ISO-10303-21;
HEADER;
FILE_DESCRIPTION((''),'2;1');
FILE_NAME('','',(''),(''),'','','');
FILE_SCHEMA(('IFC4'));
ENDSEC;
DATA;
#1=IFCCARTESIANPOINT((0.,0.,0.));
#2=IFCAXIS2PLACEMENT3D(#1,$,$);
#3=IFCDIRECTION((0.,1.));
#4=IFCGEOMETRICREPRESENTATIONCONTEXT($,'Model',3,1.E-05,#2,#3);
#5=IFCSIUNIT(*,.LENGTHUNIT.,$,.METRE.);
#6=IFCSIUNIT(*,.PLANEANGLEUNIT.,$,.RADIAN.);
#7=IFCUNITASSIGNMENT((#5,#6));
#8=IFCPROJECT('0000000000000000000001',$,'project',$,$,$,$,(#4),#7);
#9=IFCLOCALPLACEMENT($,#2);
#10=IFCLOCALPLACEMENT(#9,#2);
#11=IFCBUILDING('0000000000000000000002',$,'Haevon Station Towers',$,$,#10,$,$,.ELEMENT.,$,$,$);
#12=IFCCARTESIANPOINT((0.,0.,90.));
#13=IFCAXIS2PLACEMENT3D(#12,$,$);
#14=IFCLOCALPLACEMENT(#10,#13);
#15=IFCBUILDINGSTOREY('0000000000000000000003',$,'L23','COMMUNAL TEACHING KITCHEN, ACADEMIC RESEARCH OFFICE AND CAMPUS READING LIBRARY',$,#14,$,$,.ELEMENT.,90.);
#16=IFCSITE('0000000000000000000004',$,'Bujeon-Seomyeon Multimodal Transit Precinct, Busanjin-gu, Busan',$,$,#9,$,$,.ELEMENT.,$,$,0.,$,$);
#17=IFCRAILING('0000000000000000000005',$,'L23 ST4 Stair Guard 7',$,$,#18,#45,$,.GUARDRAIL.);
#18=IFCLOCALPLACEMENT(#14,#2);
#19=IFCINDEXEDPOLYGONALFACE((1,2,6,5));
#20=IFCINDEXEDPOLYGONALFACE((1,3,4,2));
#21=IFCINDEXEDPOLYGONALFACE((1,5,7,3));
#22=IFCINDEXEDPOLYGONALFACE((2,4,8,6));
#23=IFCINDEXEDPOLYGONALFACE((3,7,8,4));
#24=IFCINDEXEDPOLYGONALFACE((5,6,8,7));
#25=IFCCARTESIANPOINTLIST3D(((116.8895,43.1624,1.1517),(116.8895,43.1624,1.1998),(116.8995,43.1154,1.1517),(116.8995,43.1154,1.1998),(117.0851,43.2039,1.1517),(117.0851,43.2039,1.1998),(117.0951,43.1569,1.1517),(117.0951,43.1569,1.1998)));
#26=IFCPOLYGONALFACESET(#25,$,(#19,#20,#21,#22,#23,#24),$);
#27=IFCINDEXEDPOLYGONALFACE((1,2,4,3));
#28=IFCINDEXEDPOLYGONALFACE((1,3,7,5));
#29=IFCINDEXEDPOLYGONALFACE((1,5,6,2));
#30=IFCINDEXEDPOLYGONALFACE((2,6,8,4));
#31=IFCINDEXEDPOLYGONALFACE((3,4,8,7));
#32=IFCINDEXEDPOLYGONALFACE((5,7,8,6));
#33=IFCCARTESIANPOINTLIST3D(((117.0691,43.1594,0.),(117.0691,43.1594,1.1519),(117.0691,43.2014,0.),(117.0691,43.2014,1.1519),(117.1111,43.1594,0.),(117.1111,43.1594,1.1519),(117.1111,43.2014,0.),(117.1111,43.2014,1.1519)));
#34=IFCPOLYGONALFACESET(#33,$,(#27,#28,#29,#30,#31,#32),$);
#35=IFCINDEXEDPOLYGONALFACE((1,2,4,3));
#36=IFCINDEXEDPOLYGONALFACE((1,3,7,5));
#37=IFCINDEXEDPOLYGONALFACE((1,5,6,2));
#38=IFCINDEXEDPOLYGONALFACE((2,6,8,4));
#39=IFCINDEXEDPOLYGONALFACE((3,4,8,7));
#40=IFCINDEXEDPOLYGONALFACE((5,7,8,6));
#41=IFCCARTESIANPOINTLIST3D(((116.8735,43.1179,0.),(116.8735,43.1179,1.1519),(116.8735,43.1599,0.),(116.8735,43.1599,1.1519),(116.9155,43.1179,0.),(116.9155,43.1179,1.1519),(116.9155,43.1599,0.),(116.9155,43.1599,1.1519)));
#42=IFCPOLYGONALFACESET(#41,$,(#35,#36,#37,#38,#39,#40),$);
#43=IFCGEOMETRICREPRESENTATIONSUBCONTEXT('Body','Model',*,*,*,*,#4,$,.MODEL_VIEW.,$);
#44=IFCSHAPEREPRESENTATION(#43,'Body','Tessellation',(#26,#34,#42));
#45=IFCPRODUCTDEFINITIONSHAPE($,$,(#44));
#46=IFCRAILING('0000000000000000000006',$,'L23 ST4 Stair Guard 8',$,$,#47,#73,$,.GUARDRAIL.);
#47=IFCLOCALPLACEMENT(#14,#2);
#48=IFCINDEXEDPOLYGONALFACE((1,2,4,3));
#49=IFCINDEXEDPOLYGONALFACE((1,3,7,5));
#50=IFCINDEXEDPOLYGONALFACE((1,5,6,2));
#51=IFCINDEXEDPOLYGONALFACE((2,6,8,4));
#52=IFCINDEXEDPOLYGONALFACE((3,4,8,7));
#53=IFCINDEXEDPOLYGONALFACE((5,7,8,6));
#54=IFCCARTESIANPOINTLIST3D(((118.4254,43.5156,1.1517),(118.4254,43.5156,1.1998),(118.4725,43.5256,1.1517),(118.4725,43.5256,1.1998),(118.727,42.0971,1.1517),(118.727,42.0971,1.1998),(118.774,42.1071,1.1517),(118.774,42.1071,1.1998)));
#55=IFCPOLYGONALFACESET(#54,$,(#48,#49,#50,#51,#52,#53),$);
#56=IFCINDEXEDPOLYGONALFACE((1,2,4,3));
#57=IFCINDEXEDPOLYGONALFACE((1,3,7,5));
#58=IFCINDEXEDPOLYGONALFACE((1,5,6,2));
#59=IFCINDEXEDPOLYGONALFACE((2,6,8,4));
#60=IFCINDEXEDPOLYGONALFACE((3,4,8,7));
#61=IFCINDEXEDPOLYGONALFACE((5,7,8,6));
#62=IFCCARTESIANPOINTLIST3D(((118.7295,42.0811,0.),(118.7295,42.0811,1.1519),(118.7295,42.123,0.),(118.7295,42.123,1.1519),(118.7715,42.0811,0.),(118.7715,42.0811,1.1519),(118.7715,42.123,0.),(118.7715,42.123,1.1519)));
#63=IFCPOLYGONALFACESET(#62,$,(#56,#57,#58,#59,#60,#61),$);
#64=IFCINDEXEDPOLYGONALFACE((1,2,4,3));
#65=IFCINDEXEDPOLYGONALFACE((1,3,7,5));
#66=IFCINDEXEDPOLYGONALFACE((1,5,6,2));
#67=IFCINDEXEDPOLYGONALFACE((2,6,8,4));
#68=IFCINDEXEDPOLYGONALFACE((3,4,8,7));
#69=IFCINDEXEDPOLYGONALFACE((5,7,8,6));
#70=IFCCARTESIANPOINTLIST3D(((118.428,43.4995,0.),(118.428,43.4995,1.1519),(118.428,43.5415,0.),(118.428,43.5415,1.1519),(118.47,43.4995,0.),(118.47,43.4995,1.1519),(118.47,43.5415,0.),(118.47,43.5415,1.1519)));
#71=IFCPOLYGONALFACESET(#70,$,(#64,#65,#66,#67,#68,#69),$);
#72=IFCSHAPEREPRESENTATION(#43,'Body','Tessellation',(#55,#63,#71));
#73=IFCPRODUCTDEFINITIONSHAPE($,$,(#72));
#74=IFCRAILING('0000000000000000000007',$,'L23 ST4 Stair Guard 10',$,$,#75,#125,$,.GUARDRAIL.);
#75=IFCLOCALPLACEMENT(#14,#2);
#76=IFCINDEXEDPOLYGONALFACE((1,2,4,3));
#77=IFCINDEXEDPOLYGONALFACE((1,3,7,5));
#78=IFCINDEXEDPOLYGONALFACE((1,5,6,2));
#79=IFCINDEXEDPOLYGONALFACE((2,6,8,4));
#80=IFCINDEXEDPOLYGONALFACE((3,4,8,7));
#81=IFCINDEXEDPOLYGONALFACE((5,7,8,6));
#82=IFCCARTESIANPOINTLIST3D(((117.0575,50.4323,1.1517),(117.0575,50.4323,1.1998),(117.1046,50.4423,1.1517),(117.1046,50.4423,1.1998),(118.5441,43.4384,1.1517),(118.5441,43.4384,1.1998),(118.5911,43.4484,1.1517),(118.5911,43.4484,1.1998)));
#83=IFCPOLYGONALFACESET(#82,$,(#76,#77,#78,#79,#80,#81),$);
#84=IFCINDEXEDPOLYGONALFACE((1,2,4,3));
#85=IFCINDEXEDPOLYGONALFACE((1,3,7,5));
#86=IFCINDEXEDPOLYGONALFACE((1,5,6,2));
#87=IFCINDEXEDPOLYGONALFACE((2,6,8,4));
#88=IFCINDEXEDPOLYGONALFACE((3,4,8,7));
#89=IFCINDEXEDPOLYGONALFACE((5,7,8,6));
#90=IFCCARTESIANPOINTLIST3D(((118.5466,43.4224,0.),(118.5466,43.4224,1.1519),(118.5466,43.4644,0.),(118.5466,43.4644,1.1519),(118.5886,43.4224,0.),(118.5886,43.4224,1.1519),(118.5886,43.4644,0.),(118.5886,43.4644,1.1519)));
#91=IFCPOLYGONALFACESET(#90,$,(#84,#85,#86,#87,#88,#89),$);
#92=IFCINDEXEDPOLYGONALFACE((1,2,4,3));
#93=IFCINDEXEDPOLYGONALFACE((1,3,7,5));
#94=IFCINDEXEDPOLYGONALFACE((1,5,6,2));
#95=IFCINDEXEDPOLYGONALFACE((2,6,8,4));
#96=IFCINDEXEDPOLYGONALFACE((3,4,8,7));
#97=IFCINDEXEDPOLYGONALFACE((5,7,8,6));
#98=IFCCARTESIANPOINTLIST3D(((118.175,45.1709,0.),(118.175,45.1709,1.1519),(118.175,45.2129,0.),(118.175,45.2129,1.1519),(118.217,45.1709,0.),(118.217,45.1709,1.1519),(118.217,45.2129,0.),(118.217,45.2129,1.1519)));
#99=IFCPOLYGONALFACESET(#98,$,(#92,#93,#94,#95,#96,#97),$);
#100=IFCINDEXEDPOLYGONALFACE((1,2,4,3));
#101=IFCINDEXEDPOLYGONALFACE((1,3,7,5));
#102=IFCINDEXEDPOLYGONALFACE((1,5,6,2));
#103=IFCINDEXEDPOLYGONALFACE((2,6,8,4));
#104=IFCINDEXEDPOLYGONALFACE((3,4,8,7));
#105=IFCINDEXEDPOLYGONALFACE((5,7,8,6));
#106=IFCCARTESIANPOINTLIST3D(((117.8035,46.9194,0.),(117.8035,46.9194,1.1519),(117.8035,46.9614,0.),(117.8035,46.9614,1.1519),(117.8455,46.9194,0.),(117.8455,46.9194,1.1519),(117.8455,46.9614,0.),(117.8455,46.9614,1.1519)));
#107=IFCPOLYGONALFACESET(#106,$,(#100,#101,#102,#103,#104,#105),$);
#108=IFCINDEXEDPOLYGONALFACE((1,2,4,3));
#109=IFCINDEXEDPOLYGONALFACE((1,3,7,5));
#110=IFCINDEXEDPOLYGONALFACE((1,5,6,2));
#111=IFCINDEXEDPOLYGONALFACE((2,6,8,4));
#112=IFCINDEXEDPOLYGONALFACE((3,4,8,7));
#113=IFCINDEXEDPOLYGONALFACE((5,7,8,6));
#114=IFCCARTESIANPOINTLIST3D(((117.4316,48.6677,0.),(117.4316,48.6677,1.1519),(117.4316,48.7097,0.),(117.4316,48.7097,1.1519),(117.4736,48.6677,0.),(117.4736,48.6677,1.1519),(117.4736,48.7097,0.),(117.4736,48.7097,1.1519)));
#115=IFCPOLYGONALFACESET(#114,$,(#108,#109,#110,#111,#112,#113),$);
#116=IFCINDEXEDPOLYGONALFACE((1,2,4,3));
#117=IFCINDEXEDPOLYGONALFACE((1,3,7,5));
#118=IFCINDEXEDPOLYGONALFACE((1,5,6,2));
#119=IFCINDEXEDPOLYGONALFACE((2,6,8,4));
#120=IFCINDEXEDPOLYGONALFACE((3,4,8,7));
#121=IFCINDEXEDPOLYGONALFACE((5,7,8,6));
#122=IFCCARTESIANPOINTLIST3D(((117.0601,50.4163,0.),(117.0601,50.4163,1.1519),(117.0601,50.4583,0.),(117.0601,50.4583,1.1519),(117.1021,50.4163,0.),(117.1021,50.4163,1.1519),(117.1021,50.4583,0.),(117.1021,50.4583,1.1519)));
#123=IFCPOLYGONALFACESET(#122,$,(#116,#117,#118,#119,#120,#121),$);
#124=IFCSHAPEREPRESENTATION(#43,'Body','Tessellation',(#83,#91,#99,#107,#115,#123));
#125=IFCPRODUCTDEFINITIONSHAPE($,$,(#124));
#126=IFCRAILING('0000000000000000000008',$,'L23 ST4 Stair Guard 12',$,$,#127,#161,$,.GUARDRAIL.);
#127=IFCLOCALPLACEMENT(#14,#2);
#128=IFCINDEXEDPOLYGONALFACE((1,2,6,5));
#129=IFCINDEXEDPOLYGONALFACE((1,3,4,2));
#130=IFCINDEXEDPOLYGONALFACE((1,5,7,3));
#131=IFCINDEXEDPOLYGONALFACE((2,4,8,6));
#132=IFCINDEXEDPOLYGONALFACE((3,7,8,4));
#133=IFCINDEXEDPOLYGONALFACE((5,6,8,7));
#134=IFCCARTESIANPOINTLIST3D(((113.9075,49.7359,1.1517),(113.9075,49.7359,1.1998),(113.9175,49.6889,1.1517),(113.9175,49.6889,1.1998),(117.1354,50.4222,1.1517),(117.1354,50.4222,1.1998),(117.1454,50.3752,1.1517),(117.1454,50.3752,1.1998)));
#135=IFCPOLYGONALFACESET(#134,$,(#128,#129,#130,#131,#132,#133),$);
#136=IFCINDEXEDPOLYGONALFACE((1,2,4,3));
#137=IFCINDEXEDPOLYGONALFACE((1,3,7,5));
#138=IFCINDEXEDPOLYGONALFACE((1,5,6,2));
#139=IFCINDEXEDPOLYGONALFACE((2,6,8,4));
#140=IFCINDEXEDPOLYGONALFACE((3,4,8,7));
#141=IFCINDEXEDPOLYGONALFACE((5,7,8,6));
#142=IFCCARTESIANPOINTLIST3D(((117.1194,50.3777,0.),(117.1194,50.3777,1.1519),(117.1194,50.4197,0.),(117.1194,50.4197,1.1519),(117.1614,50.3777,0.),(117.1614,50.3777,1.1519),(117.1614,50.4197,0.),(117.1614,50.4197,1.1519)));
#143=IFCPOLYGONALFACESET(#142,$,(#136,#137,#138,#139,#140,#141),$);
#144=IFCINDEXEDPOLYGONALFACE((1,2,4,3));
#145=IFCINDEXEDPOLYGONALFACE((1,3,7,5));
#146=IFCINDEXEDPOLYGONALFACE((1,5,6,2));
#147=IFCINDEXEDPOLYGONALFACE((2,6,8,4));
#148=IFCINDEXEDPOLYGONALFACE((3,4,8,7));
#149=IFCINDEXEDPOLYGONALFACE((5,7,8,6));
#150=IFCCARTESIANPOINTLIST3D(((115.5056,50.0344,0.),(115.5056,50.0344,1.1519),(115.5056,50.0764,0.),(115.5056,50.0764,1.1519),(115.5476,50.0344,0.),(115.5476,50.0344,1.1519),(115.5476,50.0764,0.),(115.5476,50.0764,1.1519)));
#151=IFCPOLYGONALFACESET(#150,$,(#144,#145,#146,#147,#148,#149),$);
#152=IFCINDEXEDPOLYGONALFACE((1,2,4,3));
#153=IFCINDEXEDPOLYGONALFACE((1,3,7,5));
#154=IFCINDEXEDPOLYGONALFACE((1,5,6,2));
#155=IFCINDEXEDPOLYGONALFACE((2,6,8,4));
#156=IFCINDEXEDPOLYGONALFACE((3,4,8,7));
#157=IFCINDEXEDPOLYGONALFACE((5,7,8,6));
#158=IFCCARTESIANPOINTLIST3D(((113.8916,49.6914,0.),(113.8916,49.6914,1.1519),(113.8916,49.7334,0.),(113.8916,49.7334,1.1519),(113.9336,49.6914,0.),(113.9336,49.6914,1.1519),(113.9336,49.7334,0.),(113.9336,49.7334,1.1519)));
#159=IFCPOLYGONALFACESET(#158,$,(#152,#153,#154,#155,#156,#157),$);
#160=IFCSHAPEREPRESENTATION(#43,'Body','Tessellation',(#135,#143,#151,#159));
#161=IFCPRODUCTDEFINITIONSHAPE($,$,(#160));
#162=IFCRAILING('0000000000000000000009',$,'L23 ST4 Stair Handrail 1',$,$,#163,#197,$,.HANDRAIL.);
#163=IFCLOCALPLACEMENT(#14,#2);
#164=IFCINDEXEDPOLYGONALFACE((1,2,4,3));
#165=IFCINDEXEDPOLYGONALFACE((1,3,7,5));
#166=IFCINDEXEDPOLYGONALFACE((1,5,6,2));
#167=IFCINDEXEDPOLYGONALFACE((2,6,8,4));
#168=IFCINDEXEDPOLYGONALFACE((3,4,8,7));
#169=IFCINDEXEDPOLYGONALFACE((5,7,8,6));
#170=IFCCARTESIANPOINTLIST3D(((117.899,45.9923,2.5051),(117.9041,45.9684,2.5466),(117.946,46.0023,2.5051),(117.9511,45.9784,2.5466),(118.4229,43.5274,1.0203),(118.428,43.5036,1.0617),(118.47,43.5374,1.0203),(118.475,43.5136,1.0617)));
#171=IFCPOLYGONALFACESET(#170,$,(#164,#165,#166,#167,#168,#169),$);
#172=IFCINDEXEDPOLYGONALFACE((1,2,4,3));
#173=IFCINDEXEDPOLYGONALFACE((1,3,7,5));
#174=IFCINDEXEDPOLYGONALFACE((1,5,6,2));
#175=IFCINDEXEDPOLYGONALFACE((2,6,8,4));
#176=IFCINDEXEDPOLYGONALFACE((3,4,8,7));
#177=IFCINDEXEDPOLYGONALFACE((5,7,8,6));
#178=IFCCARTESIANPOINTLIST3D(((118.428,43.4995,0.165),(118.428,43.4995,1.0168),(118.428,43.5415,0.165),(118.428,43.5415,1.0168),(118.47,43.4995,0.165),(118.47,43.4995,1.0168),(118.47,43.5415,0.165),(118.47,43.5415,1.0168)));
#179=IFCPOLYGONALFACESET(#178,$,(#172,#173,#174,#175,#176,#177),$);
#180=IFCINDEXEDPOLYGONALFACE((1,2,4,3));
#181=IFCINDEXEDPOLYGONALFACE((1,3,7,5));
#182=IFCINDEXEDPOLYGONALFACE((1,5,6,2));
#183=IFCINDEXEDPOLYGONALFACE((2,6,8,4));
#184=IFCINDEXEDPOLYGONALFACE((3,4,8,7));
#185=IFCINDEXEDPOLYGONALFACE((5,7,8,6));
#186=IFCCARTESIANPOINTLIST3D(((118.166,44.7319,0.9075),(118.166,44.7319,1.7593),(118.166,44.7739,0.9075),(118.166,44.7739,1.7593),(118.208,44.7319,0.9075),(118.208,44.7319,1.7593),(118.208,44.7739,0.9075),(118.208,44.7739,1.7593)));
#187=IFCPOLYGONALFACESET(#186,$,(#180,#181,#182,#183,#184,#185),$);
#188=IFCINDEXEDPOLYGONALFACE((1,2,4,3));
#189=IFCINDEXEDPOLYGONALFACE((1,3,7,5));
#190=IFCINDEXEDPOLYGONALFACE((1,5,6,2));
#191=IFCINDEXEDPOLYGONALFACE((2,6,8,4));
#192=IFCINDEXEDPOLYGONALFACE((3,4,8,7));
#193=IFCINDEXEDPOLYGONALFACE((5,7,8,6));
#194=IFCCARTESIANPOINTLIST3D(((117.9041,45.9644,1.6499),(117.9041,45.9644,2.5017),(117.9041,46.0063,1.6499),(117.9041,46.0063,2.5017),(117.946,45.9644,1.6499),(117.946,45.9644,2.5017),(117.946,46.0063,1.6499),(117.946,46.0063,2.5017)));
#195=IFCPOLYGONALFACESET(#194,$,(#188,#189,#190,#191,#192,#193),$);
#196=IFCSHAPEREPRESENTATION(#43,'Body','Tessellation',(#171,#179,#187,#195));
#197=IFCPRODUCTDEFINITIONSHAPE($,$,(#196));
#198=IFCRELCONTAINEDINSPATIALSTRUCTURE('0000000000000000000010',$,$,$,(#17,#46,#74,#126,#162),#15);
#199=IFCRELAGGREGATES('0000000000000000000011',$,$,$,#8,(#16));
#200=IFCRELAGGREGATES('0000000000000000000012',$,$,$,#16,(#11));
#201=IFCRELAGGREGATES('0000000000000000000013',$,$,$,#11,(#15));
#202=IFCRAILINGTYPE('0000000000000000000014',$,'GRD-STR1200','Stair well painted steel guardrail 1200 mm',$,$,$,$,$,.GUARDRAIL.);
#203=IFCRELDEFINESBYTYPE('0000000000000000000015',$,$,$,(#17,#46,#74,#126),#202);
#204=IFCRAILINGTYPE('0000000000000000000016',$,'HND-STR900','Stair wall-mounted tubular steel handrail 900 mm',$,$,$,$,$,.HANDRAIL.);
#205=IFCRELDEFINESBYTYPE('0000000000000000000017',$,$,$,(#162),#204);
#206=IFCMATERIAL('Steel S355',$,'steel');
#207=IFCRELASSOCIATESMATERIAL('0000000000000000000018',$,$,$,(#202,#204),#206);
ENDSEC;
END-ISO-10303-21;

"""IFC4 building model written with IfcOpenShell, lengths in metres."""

from ifc_helpers import new_model, si_unit, direction, frame, origin, origin_2d, place, context, subcontext, project, spatial, rectangle, extrude, material, type_object, element, save


model = new_model("IFC4")

# Units and contexts
model_context = context("Model", 3, precision=1e-05, world=origin(), true_north=direction((0.0, 1.0)))
body_context = subcontext(model_context, "Body", "Model", "MODEL_VIEW")
ifc_project = project(units=[si_unit("LENGTHUNIT", "METRE"), si_unit("PLANEANGLEUNIT", "RADIAN")], contexts=[model_context])

# Site, building, storey
site_placement = place(None, origin())
site = spatial("IfcSite", under=ifc_project, at=site_placement, Name="Bujeon-Seomyeon Multimodal Transit Precinct, Busanjin-gu, Busan", CompositionType="ELEMENT", RefElevation=0.0)
building_placement = place(site_placement, origin())
building = spatial("IfcBuilding", under=site, at=building_placement, Name="Haevon Station Towers", CompositionType="ELEMENT")
storey_placement = place(building_placement, frame((0.0, 0.0, 90.0)))
storey = spatial("IfcBuildingStorey", under=building, at=storey_placement, Name="L23", Description="COMMUNAL TEACHING KITCHEN, ACADEMIC RESEARCH OFFICE AND CAMPUS READING LIBRARY", CompositionType="ELEMENT", Elevation=90.0)

# Railings
ifc_material_1 = material(Name="Steel S355", Category="steel")
railing_type_1 = type_object("IfcRailingType", Name="GRD-STR1200", Description="Stair well painted steel guardrail 1200 mm", PredefinedType="GUARDRAIL", material=ifc_material_1)
railing_1_placement = place(storey_placement, frame((117.0901, 43.1804, 0.0)))
element("IfcRailing", 1, at=railing_1_placement, inside=storey, type_object=railing_type_1, Name="L23 ST4 Stair Guard 7", PredefinedType="GUARDRAIL", context=body_context, shape_type="SweptSolid", body=[
    extrude(rectangle(XDim=0.0481, YDim=0.0481, at=origin_2d()), frame((0.0, 0.0, 1.1758), z_axis=(-0.978212, -0.20761, 0.0), x_axis=(0.20761, -0.978212, 0.0)), (0.0, 0.0, 1.0), 0.2),
    extrude(rectangle(XDim=0.042, YDim=0.042, at=origin_2d()), origin(), (0.0, 0.0, 1.0), 1.1519),
    extrude(rectangle(XDim=0.042, YDim=0.042, at=origin_2d()), frame((-0.1956, -0.0415, 0.0)), (0.0, 0.0, 1.0), 1.1519),
])
railing_2_placement = place(storey_placement, frame((118.7505, 42.1021, 0.0)))
element("IfcRailing", 2, at=railing_2_placement, inside=storey, type_object=railing_type_1, Name="L23 ST4 Stair Guard 8", PredefinedType="GUARDRAIL", context=body_context, shape_type="SweptSolid", body=[
    extrude(rectangle(XDim=0.0481, YDim=0.0481, at=origin_2d()), frame((0.0, 0.0, 1.1758), z_axis=(-0.207919, 0.978146, 0.0), x_axis=(-0.978146, -0.207919, 0.0)), (0.0, 0.0, 1.0), 1.4502),
    extrude(rectangle(XDim=0.042, YDim=0.042, at=origin_2d()), origin(), (0.0, 0.0, 1.0), 1.1519),
    extrude(rectangle(XDim=0.042, YDim=0.042, at=origin_2d()), frame((-0.3015, 1.4185, 0.0)), (0.0, 0.0, 1.0), 1.1519),
])
railing_3_placement = place(storey_placement, frame((118.5676, 43.4434, 0.0)))
element("IfcRailing", 3, at=railing_3_placement, inside=storey, type_object=railing_type_1, Name="L23 ST4 Stair Guard 10", PredefinedType="GUARDRAIL", context=body_context, shape_type="SweptSolid", body=[
    extrude(rectangle(XDim=0.0481, YDim=0.0481, at=origin_2d()), frame((0.0, 0.0, 1.1758), z_axis=(-0.207908, 0.978148, 0.0), x_axis=(-0.978148, -0.207908, 0.0)), (0.0, 0.0, 1.0), 7.1501),
    extrude(rectangle(XDim=0.042, YDim=0.042, at=origin_2d()), origin(), (0.0, 0.0, 1.0), 1.1519),
    extrude(rectangle(XDim=0.042, YDim=0.042, at=origin_2d()), frame((-0.3716, 1.7485, 0.0)), (0.0, 0.0, 1.0), 1.1519),
    extrude(rectangle(XDim=0.042, YDim=0.042, at=origin_2d()), frame((-0.7432, 3.4971, 0.0)), (0.0, 0.0, 1.0), 1.1519),
    extrude(rectangle(XDim=0.042, YDim=0.042, at=origin_2d()), frame((-1.115, 5.2454, 0.0)), (0.0, 0.0, 1.0), 1.1519),
    extrude(rectangle(XDim=0.042, YDim=0.042, at=origin_2d()), frame((-1.4866, 6.9939, 0.0)), (0.0, 0.0, 1.0), 1.1519),
])
railing_4_placement = place(storey_placement, frame((117.1404, 50.3987, 0.0)))
element("IfcRailing", 4, at=railing_4_placement, inside=storey, type_object=railing_type_1, Name="L23 ST4 Stair Guard 12", PredefinedType="GUARDRAIL", context=body_context, shape_type="SweptSolid", body=[
    extrude(rectangle(XDim=0.0481, YDim=0.0481, at=origin_2d()), frame((0.0, 0.0, 1.1758), z_axis=(-0.978136, -0.207968, 0.0), x_axis=(0.207968, -0.978136, 0.0)), (0.0, 0.0, 1.0), 3.3),
    extrude(rectangle(XDim=0.042, YDim=0.042, at=origin_2d()), origin(), (0.0, 0.0, 1.0), 1.1519),
    extrude(rectangle(XDim=0.042, YDim=0.042, at=origin_2d()), frame((-1.6138, -0.3433, 0.0)), (0.0, 0.0, 1.0), 1.1519),
    extrude(rectangle(XDim=0.042, YDim=0.042, at=origin_2d()), frame((-3.2278, -0.6863, 0.0)), (0.0, 0.0, 1.0), 1.1519),
])
railing_type_2 = type_object("IfcRailingType", Name="HND-STR900", Description="Stair wall-mounted tubular steel handrail 900 mm", PredefinedType="HANDRAIL", material=ifc_material_1)
railing_5_placement = place(storey_placement, frame((118.449, 43.5205, 0.165)))
element("IfcRailing", 5, at=railing_5_placement, inside=storey, type_object=railing_type_2, Name="L23 ST4 Stair Handrail 1", PredefinedType="HANDRAIL", context=body_context, shape_type="SweptSolid", body=[
    extrude(rectangle(XDim=0.0481, YDim=0.0481, at=origin_2d()), frame((0.0, 0.0, 0.876), z_axis=(-0.179129, 0.842724, 0.507671), x_axis=(-0.978147, -0.207914, 0.0)), (0.0, 0.0, 1.0), 2.9248),
    extrude(rectangle(XDim=0.042, YDim=0.042, at=origin_2d()), origin(), (0.0, 0.0, 1.0), 0.8518),
    extrude(rectangle(XDim=0.042, YDim=0.042, at=origin_2d()), frame((-0.262, 1.2324, 0.7424)), (0.0, 0.0, 1.0), 0.8518),
    extrude(rectangle(XDim=0.042, YDim=0.042, at=origin_2d()), frame((-0.5239, 2.4648, 1.4849)), (0.0, 0.0, 1.0), 0.8518),
])

save(model, "model.ifc")
